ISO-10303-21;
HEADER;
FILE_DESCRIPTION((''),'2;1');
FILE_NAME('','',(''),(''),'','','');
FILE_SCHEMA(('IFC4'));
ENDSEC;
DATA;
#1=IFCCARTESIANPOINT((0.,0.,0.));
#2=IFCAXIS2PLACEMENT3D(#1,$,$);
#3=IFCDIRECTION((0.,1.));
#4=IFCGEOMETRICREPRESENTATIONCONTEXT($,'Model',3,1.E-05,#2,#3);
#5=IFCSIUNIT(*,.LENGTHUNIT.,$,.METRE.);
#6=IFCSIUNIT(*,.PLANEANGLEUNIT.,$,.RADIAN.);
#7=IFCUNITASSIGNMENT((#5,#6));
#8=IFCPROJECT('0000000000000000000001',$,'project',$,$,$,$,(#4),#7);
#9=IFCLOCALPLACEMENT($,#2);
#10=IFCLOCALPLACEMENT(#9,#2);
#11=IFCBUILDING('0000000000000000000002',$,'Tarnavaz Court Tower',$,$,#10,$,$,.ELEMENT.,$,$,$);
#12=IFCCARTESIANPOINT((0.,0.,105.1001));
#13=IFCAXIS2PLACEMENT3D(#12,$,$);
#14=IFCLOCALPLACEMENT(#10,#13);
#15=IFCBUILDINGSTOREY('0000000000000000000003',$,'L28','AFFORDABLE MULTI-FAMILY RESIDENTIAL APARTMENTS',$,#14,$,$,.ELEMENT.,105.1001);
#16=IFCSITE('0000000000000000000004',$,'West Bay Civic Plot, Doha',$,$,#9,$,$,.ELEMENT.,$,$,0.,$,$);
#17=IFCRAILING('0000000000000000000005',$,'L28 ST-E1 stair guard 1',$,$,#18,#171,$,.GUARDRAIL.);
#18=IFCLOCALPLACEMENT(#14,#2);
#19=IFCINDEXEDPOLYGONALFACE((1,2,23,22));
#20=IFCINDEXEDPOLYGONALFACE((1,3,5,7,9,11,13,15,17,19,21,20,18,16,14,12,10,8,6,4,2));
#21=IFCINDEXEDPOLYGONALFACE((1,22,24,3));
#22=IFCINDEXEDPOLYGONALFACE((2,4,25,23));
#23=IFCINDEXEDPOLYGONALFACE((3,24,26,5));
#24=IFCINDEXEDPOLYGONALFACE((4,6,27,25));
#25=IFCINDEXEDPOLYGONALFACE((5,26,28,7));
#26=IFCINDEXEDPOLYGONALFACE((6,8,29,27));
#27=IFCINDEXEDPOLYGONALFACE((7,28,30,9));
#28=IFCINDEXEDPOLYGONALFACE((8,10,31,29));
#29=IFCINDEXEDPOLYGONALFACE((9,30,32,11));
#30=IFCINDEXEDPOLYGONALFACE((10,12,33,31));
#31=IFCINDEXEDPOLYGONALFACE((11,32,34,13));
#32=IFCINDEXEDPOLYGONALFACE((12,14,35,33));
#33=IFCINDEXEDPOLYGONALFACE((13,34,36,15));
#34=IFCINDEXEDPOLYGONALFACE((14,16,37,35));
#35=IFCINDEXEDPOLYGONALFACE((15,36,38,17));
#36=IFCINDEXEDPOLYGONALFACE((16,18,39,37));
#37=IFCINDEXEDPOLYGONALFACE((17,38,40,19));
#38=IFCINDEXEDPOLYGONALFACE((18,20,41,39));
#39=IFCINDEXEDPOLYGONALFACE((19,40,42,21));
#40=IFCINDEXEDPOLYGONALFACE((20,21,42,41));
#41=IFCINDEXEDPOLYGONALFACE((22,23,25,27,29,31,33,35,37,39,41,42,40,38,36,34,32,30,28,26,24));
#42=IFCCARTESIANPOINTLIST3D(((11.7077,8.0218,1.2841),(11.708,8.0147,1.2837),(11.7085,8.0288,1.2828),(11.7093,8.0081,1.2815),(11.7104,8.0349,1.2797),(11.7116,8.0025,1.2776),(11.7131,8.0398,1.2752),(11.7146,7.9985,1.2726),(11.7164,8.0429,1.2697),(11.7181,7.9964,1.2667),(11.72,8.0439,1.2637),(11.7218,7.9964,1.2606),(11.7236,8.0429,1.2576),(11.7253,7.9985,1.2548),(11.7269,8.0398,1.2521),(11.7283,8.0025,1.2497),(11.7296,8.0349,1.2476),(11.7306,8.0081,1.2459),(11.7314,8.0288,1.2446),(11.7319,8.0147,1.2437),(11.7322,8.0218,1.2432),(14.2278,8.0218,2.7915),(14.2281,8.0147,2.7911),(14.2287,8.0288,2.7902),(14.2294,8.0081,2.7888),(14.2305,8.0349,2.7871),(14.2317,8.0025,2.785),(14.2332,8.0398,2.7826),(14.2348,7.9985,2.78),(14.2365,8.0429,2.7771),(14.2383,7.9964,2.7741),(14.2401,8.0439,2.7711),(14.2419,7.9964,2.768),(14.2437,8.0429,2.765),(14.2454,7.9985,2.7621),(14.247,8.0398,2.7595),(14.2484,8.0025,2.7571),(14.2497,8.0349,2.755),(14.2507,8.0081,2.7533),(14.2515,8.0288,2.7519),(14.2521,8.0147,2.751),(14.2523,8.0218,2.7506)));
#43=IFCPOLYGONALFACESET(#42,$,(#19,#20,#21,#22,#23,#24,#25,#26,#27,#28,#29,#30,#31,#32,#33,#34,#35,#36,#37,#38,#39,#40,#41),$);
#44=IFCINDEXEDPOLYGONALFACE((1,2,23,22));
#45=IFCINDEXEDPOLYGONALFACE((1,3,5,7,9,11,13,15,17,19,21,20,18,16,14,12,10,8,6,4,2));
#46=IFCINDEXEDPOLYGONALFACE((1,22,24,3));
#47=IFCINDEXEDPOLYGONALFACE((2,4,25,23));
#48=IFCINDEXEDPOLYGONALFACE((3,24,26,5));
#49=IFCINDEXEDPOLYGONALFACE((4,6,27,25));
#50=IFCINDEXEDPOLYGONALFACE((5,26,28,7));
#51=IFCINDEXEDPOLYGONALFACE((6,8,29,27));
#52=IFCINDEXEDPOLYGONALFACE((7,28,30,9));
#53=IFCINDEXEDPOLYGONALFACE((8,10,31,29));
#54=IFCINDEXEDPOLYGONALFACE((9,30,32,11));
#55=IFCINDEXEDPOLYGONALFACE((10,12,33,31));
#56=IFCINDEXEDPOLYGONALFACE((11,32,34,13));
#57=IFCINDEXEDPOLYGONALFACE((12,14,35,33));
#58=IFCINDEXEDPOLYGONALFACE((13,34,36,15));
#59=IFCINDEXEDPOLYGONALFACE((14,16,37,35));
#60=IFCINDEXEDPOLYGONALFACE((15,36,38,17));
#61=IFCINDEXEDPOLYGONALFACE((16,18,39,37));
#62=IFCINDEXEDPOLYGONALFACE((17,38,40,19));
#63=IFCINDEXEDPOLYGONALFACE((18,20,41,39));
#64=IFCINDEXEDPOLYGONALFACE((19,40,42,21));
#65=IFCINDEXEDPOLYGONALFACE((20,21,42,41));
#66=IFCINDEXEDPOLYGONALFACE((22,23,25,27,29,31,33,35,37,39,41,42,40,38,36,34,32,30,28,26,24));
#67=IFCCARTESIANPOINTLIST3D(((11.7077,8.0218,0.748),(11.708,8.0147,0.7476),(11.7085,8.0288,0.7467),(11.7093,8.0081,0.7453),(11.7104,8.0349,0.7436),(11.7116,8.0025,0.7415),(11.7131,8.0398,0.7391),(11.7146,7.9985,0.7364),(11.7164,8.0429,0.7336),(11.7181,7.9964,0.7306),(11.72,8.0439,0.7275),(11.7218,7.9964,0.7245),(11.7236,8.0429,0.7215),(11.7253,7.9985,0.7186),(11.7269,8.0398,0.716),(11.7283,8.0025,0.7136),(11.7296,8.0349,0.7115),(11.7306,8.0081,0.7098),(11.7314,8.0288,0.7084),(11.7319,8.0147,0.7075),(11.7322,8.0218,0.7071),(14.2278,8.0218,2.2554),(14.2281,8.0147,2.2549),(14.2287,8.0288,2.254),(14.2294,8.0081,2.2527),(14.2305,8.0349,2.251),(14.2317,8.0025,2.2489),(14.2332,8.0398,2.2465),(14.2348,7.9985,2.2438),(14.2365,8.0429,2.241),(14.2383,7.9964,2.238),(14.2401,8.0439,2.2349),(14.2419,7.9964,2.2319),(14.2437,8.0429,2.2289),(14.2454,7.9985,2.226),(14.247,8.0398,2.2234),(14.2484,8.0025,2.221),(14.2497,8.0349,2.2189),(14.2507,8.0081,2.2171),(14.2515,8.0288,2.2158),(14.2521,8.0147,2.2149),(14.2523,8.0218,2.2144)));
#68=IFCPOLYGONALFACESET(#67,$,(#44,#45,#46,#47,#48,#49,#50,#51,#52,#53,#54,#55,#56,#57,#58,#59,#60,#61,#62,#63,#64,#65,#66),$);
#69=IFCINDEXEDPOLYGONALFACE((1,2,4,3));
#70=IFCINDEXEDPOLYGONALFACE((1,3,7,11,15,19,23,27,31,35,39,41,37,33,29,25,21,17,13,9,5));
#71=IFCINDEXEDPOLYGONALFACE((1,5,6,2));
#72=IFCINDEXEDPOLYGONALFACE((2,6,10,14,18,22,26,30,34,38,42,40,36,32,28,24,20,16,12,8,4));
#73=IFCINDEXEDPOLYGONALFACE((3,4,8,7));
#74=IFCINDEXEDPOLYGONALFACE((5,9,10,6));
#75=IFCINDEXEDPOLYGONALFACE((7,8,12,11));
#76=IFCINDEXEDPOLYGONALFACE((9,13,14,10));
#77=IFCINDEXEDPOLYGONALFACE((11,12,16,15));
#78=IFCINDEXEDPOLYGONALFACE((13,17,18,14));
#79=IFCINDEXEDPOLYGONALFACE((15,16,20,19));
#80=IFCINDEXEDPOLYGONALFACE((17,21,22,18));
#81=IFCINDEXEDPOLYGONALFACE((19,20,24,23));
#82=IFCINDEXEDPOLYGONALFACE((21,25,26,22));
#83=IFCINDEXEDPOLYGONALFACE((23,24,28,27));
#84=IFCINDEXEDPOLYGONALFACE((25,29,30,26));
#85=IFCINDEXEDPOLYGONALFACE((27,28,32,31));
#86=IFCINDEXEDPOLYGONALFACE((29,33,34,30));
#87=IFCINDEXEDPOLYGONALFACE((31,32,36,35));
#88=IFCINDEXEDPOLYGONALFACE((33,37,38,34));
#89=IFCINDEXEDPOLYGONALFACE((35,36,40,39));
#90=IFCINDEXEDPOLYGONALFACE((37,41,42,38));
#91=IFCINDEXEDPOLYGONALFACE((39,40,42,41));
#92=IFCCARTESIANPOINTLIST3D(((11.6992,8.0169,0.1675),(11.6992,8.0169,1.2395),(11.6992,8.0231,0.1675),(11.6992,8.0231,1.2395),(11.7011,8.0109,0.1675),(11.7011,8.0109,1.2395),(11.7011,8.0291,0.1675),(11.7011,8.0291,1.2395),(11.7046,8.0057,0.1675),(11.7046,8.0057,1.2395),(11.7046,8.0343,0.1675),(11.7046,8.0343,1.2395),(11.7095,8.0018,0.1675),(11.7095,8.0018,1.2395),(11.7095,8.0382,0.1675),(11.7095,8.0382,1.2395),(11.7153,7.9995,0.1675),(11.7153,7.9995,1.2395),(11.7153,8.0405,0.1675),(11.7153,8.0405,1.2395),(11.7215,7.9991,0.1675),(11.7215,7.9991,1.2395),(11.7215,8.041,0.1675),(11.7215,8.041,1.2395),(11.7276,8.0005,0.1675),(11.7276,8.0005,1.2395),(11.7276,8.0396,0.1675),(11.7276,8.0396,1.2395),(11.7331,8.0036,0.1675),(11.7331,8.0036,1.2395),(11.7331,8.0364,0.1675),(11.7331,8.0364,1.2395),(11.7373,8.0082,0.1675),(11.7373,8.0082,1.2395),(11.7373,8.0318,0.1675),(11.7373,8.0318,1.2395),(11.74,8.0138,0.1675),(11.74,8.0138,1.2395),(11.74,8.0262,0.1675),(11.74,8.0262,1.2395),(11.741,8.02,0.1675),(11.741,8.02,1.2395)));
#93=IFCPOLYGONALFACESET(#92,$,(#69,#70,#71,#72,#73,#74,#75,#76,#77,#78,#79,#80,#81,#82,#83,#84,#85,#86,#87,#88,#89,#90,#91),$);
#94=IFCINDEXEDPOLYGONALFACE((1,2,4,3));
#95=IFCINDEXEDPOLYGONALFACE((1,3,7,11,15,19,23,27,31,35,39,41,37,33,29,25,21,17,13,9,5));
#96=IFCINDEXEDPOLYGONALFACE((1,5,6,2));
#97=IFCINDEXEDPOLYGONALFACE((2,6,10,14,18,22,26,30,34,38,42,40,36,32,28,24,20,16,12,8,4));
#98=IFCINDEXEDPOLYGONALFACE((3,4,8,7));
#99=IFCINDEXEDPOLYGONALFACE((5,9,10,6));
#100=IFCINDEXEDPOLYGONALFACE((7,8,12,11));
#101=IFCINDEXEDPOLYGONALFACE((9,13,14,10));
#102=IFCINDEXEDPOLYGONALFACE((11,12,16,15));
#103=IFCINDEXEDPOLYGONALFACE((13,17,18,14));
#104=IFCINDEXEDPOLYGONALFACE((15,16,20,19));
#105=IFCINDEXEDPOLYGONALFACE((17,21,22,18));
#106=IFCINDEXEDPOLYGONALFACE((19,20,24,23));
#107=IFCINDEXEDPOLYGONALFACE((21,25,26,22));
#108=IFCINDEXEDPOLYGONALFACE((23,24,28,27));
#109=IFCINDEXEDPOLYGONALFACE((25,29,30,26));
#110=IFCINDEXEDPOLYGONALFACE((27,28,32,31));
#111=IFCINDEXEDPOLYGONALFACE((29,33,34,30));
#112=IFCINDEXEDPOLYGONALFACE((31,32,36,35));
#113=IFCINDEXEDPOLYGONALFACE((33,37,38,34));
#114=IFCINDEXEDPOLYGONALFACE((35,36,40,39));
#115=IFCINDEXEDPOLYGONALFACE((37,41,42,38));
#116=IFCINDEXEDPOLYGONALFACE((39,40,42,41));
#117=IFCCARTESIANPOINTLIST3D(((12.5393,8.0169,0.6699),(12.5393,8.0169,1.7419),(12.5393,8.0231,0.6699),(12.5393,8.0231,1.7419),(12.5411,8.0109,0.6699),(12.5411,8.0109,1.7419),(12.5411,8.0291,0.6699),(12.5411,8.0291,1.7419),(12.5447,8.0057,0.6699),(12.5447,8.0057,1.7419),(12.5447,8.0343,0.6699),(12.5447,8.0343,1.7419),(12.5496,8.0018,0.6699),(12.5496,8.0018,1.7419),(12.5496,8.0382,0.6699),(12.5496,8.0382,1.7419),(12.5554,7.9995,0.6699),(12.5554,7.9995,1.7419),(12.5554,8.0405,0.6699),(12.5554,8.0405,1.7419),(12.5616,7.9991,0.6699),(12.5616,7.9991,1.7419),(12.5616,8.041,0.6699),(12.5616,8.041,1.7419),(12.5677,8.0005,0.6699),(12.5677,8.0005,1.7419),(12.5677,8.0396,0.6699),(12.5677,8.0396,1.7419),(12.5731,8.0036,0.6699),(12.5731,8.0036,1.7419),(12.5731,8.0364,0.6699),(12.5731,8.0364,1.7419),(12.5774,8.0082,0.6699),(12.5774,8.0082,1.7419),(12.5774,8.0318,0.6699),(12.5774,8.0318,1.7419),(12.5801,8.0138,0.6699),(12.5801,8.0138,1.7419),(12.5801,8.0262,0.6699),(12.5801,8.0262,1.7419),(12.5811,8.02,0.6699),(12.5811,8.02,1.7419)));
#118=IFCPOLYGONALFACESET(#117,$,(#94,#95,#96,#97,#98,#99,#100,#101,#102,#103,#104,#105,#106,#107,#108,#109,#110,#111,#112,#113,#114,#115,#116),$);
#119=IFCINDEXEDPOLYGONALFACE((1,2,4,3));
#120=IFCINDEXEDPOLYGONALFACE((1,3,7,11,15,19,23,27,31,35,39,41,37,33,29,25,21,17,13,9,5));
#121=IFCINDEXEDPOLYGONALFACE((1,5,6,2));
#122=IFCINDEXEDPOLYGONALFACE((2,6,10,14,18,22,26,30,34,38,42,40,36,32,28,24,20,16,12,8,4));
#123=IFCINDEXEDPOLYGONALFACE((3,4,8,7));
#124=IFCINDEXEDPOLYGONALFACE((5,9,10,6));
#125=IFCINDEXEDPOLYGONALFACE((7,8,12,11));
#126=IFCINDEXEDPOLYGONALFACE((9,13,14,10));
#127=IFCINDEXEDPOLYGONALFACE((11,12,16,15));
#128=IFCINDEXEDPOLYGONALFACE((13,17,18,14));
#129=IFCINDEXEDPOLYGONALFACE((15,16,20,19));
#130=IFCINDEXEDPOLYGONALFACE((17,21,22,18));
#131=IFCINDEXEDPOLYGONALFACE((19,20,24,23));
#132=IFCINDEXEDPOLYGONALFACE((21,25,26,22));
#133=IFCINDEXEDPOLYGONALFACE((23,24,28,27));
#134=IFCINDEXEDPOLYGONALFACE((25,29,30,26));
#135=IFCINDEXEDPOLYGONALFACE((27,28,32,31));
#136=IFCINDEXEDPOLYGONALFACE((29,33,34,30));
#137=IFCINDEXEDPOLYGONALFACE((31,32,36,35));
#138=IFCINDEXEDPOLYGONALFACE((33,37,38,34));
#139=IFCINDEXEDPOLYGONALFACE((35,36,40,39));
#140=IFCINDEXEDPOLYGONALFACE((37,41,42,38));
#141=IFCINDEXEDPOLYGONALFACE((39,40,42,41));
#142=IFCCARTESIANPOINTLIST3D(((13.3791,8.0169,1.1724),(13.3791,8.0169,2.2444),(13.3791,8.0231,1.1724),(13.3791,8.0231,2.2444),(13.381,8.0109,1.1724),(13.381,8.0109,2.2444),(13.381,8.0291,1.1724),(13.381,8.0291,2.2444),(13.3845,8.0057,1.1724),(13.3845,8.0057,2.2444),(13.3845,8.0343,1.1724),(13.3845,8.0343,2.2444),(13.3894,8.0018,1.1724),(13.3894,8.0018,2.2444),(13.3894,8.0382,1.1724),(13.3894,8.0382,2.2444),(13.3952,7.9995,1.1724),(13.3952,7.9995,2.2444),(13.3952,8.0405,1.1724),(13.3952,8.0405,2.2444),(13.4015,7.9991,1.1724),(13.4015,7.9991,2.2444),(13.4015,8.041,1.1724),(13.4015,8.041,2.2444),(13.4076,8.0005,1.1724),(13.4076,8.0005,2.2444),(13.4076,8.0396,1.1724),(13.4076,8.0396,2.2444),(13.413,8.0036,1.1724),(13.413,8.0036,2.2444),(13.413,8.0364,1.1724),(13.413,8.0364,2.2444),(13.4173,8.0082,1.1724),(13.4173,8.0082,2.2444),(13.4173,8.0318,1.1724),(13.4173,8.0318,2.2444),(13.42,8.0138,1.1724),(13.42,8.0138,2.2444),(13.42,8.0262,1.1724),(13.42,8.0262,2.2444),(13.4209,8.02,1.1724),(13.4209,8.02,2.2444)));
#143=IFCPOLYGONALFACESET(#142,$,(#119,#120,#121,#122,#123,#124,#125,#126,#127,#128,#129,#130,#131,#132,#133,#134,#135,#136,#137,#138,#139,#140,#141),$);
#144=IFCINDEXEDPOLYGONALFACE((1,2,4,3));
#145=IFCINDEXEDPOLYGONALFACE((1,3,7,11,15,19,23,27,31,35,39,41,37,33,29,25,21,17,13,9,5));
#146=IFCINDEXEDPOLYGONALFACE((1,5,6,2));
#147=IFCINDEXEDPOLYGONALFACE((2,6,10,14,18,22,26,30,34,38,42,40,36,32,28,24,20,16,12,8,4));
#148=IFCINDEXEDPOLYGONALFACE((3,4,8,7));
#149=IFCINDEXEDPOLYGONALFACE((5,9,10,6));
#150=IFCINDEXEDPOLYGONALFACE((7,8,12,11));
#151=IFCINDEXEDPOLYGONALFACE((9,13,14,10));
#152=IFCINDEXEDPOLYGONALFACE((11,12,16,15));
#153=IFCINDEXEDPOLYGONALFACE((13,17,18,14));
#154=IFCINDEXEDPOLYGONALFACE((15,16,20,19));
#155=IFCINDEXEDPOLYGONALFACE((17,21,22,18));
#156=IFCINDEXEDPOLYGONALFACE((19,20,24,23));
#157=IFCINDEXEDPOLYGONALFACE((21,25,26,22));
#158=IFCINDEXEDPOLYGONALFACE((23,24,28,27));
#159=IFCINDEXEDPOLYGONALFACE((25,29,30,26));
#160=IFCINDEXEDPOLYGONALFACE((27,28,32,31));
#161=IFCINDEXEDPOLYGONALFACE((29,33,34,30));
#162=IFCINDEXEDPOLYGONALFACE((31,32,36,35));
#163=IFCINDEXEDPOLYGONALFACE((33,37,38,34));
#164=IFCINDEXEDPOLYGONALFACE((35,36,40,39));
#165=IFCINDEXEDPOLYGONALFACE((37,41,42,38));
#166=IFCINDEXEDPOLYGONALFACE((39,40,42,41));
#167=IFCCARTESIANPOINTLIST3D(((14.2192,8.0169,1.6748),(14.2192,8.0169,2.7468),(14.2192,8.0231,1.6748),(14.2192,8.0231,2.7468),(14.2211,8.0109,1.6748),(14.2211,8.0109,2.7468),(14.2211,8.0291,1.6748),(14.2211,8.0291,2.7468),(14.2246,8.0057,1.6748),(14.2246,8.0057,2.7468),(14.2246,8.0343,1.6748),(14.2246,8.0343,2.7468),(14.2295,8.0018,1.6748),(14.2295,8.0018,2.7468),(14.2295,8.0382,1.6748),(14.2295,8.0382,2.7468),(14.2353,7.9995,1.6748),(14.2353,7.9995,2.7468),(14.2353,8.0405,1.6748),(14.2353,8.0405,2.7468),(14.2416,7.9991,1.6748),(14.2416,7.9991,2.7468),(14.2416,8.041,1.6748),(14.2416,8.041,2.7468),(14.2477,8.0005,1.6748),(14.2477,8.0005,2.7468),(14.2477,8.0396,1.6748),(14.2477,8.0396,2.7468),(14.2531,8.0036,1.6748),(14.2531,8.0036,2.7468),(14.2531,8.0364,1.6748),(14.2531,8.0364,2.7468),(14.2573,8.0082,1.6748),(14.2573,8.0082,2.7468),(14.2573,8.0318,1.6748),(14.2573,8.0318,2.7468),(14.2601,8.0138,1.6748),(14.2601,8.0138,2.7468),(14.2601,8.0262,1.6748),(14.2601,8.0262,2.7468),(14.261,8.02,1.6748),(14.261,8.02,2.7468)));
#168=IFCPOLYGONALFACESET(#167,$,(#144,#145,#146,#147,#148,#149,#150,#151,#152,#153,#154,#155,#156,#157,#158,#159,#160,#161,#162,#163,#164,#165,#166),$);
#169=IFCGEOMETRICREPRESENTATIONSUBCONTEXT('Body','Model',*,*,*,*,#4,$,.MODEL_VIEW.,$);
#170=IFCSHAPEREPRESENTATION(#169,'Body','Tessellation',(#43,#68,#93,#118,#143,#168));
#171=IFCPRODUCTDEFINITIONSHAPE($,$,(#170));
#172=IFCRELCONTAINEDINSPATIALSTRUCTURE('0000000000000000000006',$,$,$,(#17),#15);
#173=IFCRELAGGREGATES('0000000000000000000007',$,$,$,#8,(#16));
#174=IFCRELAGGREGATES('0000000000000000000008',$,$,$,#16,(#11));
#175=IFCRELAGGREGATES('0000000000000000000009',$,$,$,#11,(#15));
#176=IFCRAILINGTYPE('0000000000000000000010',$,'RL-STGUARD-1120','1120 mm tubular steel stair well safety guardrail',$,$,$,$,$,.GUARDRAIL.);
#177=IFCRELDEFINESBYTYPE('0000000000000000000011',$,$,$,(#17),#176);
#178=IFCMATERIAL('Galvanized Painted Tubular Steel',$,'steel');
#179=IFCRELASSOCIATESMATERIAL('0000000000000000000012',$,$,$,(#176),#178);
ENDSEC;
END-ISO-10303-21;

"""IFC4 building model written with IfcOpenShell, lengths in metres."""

from ifc_helpers import new_model, si_unit, direction, frame, origin, origin_2d, place, context, subcontext, project, spatial, circle, extrude, material, type_object, element, save


model = new_model("IFC4")

# Units and contexts
model_context = context("Model", 3, precision=1e-05, world=origin(), true_north=direction((0.0, 1.0)))
body_context = subcontext(model_context, "Body", "Model", "MODEL_VIEW")
ifc_project = project(units=[si_unit("LENGTHUNIT", "METRE"), si_unit("PLANEANGLEUNIT", "RADIAN")], contexts=[model_context])

# Site, building, storey
site_placement = place(None, origin())
site = spatial("IfcSite", under=ifc_project, at=site_placement, Name="West Bay Civic Plot, Doha", CompositionType="ELEMENT", RefElevation=0.0)
building_placement = place(site_placement, origin())
building = spatial("IfcBuilding", under=site, at=building_placement, Name="Tarnavaz Court Tower", CompositionType="ELEMENT")
storey_placement = place(building_placement, frame((0.0, 0.0, 105.1001)))
storey = spatial("IfcBuildingStorey", under=building, at=storey_placement, Name="L28", Description="AFFORDABLE MULTI-FAMILY RESIDENTIAL APARTMENTS", CompositionType="ELEMENT", Elevation=105.1001)

# Railing
ifc_material_1 = material(Name="Galvanized Painted Tubular Steel", Category="steel")
railing_type_1 = type_object("IfcRailingType", Name="RL-STGUARD-1120", Description="1120 mm tubular steel stair well safety guardrail", PredefinedType="GUARDRAIL", material=ifc_material_1)
railing_1_placement = place(storey_placement, frame((11.72, 8.02, 0.1675)))
element("IfcRailing", 1, at=railing_1_placement, inside=storey, type_object=railing_type_1, Name="L28 ST-E1 stair guard 1", PredefinedType="GUARDRAIL", context=body_context, shape_type="SweptSolid", body=[
    extrude(circle(Radius=0.0239, at=origin_2d()), frame((0.0, 0.0, 1.0962), z_axis=(0.858196, 0.0, 0.513321), x_axis=(0.0, 1.0, 0.0)), (0.0, 0.0, 1.0), 2.9365),
    extrude(circle(Radius=0.0239, at=origin_2d()), frame((0.0, 0.0, 0.5601), z_axis=(0.858196, 0.0, 0.513321), x_axis=(0.0, 1.0, 0.0)), (0.0, 0.0, 1.0), 2.9365),
    extrude(circle(Radius=0.021, at=origin_2d()), origin(), (0.0, 0.0, 1.0), 1.072),
    extrude(circle(Radius=0.021, at=origin_2d()), frame((0.8401, 0.0, 0.5024)), (0.0, 0.0, 1.0), 1.072),
    extrude(circle(Radius=0.021, at=origin_2d()), frame((1.6799, 0.0, 1.0049)), (0.0, 0.0, 1.0), 1.072),
    extrude(circle(Radius=0.021, at=origin_2d()), frame((2.52, 0.0, 1.5073)), (0.0, 0.0, 1.0), 1.072),
])

save(model, "model.ifc")
